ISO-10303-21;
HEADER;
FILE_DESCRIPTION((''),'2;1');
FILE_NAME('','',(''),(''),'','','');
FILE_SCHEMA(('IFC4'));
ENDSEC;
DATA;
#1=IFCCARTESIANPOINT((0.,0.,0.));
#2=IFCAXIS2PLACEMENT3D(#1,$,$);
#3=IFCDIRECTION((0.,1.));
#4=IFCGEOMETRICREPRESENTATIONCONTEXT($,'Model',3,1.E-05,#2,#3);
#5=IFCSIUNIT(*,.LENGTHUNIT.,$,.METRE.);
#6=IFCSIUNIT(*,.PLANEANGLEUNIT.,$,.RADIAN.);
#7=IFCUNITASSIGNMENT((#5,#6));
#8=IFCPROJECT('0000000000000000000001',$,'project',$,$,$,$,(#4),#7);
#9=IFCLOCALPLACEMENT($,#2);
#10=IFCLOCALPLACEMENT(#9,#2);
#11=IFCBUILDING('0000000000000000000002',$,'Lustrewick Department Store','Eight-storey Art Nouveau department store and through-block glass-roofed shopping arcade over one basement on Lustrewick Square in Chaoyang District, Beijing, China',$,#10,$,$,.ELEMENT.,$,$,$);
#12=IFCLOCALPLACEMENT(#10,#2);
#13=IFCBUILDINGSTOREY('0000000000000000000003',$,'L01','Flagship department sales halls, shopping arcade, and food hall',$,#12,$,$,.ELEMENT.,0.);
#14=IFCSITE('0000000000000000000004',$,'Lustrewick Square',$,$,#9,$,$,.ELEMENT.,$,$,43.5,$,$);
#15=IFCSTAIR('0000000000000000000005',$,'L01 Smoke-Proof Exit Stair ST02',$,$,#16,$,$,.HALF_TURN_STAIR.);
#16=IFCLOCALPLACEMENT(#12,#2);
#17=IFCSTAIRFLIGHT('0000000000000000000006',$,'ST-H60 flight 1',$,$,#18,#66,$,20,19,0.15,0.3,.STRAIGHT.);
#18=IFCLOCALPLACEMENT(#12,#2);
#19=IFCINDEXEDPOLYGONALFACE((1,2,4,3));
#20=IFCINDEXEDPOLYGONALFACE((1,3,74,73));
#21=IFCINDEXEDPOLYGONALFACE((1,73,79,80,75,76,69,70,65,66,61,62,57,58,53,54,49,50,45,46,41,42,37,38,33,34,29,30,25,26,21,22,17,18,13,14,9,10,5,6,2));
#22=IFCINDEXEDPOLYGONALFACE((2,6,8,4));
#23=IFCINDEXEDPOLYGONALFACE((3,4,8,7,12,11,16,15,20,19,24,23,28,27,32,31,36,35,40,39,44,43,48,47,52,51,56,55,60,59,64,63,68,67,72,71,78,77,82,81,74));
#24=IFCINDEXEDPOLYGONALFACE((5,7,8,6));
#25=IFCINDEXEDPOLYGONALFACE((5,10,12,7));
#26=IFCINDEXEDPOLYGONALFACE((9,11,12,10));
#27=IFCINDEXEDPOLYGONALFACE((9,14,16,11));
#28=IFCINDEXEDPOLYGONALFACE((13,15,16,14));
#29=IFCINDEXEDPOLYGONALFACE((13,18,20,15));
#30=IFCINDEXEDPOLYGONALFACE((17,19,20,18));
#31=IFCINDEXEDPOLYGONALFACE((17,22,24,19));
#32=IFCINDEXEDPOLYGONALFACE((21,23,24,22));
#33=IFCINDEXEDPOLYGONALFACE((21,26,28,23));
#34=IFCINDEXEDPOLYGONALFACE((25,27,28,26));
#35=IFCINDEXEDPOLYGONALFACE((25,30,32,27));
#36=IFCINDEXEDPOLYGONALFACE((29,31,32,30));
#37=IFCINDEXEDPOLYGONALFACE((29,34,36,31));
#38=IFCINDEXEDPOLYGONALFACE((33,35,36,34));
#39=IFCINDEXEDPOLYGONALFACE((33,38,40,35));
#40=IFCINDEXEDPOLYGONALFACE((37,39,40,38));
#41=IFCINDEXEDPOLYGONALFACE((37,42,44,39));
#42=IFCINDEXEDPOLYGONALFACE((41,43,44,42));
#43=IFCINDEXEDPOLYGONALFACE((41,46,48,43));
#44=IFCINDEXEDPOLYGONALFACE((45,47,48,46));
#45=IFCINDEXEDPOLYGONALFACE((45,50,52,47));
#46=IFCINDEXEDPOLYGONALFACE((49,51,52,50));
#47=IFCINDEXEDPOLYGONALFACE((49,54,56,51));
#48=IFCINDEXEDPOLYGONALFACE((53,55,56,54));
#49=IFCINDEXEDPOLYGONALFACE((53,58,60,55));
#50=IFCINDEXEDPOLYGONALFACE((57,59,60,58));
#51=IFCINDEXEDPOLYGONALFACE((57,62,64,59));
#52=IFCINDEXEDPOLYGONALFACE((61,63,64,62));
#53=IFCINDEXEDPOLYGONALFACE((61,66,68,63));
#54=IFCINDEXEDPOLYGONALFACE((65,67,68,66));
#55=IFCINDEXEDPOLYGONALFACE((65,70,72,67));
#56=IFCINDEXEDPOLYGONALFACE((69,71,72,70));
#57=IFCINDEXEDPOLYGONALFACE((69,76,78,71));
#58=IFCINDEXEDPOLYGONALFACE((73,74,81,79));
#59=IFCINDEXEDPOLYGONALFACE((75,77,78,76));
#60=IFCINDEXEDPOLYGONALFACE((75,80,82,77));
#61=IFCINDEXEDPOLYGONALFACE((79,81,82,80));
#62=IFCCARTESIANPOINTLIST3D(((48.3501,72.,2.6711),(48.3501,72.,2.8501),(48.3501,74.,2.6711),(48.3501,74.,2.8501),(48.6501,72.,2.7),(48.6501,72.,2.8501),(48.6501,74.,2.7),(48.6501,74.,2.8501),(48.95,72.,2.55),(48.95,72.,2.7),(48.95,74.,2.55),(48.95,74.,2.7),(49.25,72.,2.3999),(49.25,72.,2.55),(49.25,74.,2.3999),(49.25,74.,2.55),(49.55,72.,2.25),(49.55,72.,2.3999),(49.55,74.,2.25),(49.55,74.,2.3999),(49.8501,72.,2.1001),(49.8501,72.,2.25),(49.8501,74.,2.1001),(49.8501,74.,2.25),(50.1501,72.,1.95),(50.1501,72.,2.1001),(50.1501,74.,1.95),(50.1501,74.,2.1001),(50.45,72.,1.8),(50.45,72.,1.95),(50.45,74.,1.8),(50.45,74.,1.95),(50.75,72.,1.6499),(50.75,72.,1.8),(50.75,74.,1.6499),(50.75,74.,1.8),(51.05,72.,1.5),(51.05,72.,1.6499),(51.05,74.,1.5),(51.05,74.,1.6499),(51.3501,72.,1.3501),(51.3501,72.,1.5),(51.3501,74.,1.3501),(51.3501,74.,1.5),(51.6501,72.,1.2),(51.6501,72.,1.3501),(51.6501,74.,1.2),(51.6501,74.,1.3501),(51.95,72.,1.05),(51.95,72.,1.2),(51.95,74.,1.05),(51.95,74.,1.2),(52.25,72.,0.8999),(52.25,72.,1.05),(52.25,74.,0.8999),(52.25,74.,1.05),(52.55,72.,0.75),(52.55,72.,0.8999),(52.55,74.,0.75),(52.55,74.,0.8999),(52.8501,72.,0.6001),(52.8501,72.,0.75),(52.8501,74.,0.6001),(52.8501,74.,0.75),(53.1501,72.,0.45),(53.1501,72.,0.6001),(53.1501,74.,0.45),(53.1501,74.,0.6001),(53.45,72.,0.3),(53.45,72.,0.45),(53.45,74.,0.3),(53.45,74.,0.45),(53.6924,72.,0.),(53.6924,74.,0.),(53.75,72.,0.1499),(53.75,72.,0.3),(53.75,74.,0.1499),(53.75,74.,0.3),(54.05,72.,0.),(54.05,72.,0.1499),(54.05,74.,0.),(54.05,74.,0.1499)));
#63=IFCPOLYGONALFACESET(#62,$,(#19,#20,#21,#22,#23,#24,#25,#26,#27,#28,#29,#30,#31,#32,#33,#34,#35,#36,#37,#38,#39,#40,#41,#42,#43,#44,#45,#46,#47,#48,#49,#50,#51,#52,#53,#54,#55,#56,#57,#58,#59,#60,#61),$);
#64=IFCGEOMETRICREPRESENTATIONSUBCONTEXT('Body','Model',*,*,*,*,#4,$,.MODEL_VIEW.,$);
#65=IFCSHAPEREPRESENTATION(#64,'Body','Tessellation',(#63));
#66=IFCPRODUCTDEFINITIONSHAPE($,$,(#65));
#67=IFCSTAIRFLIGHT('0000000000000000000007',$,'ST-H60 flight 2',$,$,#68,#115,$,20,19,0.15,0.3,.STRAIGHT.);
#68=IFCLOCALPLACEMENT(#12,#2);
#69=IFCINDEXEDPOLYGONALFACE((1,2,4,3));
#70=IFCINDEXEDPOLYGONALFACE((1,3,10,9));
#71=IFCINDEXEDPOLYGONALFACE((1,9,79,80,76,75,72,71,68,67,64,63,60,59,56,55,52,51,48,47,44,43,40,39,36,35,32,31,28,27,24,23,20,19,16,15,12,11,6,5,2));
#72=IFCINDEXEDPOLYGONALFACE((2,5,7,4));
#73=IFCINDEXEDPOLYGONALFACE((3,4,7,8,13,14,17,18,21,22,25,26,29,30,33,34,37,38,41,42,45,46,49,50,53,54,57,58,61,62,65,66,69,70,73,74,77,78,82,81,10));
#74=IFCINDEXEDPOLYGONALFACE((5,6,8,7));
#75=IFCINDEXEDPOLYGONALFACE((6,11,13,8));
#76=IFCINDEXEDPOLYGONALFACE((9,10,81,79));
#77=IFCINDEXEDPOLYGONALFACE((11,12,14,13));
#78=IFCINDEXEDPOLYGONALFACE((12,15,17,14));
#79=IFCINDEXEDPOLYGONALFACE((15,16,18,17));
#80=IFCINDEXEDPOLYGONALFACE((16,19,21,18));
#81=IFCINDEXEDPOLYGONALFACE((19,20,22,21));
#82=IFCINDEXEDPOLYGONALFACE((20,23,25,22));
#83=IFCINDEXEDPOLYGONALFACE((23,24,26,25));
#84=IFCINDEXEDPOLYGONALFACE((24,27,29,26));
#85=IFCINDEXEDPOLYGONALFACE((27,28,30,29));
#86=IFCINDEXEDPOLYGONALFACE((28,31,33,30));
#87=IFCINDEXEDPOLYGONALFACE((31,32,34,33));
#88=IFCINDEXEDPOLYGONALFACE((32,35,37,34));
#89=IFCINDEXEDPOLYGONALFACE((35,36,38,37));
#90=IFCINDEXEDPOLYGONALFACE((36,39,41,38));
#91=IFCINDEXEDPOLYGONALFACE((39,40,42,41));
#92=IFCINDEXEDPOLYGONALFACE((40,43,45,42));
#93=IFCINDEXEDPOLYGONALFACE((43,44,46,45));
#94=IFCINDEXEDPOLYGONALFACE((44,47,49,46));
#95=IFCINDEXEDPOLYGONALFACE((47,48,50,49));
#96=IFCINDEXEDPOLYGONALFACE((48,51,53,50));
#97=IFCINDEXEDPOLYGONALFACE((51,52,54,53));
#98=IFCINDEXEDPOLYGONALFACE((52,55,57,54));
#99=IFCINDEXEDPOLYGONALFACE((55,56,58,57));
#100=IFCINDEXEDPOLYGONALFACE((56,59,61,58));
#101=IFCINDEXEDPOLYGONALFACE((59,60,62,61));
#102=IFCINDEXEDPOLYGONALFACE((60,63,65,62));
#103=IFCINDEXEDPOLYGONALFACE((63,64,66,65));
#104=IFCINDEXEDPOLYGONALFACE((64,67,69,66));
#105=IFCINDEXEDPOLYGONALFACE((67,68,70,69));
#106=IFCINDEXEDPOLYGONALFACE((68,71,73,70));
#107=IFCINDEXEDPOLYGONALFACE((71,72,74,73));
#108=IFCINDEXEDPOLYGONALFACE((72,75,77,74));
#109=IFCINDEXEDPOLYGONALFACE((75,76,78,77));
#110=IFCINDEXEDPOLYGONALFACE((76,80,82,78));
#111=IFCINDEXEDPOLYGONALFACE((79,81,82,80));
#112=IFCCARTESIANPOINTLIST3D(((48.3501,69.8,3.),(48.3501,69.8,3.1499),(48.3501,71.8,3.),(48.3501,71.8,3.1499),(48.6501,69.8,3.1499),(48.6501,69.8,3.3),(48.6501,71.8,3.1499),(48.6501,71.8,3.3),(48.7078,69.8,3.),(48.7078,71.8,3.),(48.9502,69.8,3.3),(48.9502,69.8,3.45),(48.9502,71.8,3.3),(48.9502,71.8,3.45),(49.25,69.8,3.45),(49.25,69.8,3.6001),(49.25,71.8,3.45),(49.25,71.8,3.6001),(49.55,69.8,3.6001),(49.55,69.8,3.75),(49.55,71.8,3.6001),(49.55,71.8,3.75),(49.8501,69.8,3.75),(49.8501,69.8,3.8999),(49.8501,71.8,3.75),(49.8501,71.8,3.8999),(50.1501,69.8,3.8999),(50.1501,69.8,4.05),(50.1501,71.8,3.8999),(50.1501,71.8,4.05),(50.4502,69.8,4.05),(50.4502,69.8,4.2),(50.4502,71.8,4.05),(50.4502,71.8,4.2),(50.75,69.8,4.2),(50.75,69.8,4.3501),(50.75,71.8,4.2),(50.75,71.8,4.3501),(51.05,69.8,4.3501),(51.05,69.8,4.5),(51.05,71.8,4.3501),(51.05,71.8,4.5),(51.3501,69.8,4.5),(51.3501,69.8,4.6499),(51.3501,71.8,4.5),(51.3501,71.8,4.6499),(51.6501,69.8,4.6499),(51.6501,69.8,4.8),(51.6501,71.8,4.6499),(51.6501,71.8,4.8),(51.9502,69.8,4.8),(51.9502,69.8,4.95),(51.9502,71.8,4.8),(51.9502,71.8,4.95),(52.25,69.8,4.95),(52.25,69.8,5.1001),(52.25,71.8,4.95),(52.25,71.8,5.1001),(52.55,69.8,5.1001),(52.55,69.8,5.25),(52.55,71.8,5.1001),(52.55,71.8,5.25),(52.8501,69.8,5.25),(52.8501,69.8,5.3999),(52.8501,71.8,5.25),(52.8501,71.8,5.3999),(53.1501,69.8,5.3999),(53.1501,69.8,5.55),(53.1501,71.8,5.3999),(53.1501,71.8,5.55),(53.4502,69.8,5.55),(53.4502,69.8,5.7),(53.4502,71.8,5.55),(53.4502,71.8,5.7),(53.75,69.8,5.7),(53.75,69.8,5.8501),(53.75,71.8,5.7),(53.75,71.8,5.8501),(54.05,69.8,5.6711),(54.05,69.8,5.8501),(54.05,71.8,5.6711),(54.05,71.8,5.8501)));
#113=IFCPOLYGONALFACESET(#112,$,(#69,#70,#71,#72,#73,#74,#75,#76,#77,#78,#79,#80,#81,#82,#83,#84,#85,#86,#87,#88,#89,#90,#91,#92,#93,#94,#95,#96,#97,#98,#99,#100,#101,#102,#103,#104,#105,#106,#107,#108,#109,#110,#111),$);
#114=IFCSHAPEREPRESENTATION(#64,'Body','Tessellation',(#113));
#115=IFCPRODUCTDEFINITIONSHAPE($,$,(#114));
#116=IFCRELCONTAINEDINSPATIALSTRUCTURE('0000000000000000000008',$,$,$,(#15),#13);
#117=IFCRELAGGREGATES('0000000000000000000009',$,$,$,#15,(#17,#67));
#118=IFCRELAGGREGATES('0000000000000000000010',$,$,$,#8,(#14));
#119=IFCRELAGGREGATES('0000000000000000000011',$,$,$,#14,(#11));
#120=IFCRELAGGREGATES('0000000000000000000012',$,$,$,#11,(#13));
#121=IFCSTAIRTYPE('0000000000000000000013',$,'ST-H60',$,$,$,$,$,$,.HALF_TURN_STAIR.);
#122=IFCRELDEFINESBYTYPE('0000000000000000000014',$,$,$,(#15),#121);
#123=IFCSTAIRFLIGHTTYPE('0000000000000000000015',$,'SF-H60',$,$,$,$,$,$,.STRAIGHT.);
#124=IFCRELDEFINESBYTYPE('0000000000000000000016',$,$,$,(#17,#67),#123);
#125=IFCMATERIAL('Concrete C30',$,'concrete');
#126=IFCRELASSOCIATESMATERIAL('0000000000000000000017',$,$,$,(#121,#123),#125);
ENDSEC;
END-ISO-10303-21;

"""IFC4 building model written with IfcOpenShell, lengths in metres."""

from ifc_helpers import new_model, si_unit, direction, frame, origin, place, context, subcontext, project, spatial, polyline, outline, extrude, material, type_object, element, aggregate, save


model = new_model("IFC4")

# Units and contexts
model_context = context("Model", 3, precision=1e-05, world=origin(), true_north=direction((0.0, 1.0)))
body_context = subcontext(model_context, "Body", "Model", "MODEL_VIEW")
ifc_project = project(units=[si_unit("LENGTHUNIT", "METRE"), si_unit("PLANEANGLEUNIT", "RADIAN")], contexts=[model_context])

# Site, building, storey
site_placement = place(None, origin())
site = spatial("IfcSite", under=ifc_project, at=site_placement, Name="Lustrewick Square", CompositionType="ELEMENT", RefElevation=43.5)
building_placement = place(site_placement, origin())
building = spatial("IfcBuilding", under=site, at=building_placement, Name="Lustrewick Department Store", Description="Eight-storey Art Nouveau department store and through-block glass-roofed shopping arcade over one basement on Lustrewick Square in Chaoyang District, Beijing, China", CompositionType="ELEMENT")
storey_placement = place(building_placement, origin())
storey = spatial("IfcBuildingStorey", under=building, at=storey_placement, Name="L01", Description="Flagship department sales halls, shopping arcade, and food hall", CompositionType="ELEMENT", Elevation=0.0)

# Stair, stair flights
ifc_material_1 = material(Name="Concrete C30", Category="concrete")
stair_type = type_object("IfcStairType", Name="ST-H60", PredefinedType="HALF_TURN_STAIR", material=ifc_material_1)
stair_placement = place(storey_placement, origin())
stair = element("IfcStair", 1, at=stair_placement, inside=storey, type_object=stair_type, Name="L01 Smoke-Proof Exit Stair ST02", PredefinedType="HALF_TURN_STAIR")
stair_flight_type = type_object("IfcStairFlightType", Name="SF-H60", PredefinedType="STRAIGHT", material=ifc_material_1)
stair_flight_1_placement = place(storey_placement, frame((54.05, 73.0, 0.0), z_axis=(0.0, 0.0, 1.0), x_axis=(-1.0, 0.0, 0.0)))
stair_flight_1 = element("IfcStairFlight", 2, at=stair_flight_1_placement, type_object=stair_flight_type, Name="ST-H60 flight 1", NumberOfRisers=20, NumberOfTreads=19, PredefinedType="STRAIGHT", RiserHeight=0.15, TreadLength=0.3, context=body_context, shape_type="SweptSolid", body=[
    extrude(outline(polyline([(0.0, 0.0), (0.0, 0.1499), (0.3, 0.1499), (0.3, 0.3), (0.6001, 0.3), (0.6001, 0.45), (0.8999, 0.45), (0.8999, 0.6001), (1.2, 0.6001), (1.2, 0.75), (1.5, 0.75), (1.5, 0.8999), (1.8, 0.8999), (1.8, 1.05), (2.1001, 1.05), (2.1001, 1.2), (2.3999, 1.2), (2.3999, 1.3501), (2.7, 1.3501), (2.7, 1.5), (3.0, 1.5), (3.0, 1.6499), (3.3, 1.6499), (3.3, 1.8), (3.6001, 1.8), (3.6001, 1.95), (3.8999, 1.95), (3.8999, 2.1001), (4.2, 2.1001), (4.2, 2.25), (4.5, 2.25), (4.5, 2.3999), (4.8, 2.3999), (4.8, 2.55), (5.1001, 2.55), (5.1001, 2.7), (5.3999, 2.7), (5.3999, 2.8501), (5.7, 2.8501), (5.7, 3.0), (5.7, 2.6711), (0.3577, 0.0), (0.0, 0.0)])), frame((0.0, 1.0, 0.0), z_axis=(0.0, -1.0, 0.0), x_axis=(1.0, 0.0, 0.0)), (0.0, 0.0, 1.0), 2.0),
])
stair_flight_2_placement = place(storey_placement, frame((48.3501, 70.8, 3.0), z_axis=(0.0, 0.0, 1.0), x_axis=(1.0, 0.0, 0.0)))
stair_flight_2 = element("IfcStairFlight", 3, at=stair_flight_2_placement, type_object=stair_flight_type, Name="ST-H60 flight 2", NumberOfRisers=20, NumberOfTreads=19, PredefinedType="STRAIGHT", RiserHeight=0.15, TreadLength=0.3, context=body_context, shape_type="SweptSolid", body=[
    extrude(outline(polyline([(0.0, 0.0), (0.0, 0.1499), (0.3, 0.1499), (0.3, 0.3), (0.6001, 0.3), (0.6001, 0.45), (0.8999, 0.45), (0.8999, 0.6001), (1.2, 0.6001), (1.2, 0.75), (1.5, 0.75), (1.5, 0.8999), (1.8, 0.8999), (1.8, 1.05), (2.1001, 1.05), (2.1001, 1.2), (2.3999, 1.2), (2.3999, 1.3501), (2.7, 1.3501), (2.7, 1.5), (3.0, 1.5), (3.0, 1.6499), (3.3, 1.6499), (3.3, 1.8), (3.6001, 1.8), (3.6001, 1.95), (3.8999, 1.95), (3.8999, 2.1001), (4.2, 2.1001), (4.2, 2.25), (4.5, 2.25), (4.5, 2.3999), (4.8, 2.3999), (4.8, 2.55), (5.1001, 2.55), (5.1001, 2.7), (5.3999, 2.7), (5.3999, 2.8501), (5.7, 2.8501), (5.7, 3.0), (5.7, 2.6711), (0.3577, 0.0), (0.0, 0.0)])), frame((0.0, 1.0, 0.0), z_axis=(0.0, -1.0, 0.0), x_axis=(1.0, 0.0, 0.0)), (0.0, 0.0, 1.0), 2.0),
])
aggregate(stair, [stair_flight_1, stair_flight_2])

save(model, "model.ifc")
